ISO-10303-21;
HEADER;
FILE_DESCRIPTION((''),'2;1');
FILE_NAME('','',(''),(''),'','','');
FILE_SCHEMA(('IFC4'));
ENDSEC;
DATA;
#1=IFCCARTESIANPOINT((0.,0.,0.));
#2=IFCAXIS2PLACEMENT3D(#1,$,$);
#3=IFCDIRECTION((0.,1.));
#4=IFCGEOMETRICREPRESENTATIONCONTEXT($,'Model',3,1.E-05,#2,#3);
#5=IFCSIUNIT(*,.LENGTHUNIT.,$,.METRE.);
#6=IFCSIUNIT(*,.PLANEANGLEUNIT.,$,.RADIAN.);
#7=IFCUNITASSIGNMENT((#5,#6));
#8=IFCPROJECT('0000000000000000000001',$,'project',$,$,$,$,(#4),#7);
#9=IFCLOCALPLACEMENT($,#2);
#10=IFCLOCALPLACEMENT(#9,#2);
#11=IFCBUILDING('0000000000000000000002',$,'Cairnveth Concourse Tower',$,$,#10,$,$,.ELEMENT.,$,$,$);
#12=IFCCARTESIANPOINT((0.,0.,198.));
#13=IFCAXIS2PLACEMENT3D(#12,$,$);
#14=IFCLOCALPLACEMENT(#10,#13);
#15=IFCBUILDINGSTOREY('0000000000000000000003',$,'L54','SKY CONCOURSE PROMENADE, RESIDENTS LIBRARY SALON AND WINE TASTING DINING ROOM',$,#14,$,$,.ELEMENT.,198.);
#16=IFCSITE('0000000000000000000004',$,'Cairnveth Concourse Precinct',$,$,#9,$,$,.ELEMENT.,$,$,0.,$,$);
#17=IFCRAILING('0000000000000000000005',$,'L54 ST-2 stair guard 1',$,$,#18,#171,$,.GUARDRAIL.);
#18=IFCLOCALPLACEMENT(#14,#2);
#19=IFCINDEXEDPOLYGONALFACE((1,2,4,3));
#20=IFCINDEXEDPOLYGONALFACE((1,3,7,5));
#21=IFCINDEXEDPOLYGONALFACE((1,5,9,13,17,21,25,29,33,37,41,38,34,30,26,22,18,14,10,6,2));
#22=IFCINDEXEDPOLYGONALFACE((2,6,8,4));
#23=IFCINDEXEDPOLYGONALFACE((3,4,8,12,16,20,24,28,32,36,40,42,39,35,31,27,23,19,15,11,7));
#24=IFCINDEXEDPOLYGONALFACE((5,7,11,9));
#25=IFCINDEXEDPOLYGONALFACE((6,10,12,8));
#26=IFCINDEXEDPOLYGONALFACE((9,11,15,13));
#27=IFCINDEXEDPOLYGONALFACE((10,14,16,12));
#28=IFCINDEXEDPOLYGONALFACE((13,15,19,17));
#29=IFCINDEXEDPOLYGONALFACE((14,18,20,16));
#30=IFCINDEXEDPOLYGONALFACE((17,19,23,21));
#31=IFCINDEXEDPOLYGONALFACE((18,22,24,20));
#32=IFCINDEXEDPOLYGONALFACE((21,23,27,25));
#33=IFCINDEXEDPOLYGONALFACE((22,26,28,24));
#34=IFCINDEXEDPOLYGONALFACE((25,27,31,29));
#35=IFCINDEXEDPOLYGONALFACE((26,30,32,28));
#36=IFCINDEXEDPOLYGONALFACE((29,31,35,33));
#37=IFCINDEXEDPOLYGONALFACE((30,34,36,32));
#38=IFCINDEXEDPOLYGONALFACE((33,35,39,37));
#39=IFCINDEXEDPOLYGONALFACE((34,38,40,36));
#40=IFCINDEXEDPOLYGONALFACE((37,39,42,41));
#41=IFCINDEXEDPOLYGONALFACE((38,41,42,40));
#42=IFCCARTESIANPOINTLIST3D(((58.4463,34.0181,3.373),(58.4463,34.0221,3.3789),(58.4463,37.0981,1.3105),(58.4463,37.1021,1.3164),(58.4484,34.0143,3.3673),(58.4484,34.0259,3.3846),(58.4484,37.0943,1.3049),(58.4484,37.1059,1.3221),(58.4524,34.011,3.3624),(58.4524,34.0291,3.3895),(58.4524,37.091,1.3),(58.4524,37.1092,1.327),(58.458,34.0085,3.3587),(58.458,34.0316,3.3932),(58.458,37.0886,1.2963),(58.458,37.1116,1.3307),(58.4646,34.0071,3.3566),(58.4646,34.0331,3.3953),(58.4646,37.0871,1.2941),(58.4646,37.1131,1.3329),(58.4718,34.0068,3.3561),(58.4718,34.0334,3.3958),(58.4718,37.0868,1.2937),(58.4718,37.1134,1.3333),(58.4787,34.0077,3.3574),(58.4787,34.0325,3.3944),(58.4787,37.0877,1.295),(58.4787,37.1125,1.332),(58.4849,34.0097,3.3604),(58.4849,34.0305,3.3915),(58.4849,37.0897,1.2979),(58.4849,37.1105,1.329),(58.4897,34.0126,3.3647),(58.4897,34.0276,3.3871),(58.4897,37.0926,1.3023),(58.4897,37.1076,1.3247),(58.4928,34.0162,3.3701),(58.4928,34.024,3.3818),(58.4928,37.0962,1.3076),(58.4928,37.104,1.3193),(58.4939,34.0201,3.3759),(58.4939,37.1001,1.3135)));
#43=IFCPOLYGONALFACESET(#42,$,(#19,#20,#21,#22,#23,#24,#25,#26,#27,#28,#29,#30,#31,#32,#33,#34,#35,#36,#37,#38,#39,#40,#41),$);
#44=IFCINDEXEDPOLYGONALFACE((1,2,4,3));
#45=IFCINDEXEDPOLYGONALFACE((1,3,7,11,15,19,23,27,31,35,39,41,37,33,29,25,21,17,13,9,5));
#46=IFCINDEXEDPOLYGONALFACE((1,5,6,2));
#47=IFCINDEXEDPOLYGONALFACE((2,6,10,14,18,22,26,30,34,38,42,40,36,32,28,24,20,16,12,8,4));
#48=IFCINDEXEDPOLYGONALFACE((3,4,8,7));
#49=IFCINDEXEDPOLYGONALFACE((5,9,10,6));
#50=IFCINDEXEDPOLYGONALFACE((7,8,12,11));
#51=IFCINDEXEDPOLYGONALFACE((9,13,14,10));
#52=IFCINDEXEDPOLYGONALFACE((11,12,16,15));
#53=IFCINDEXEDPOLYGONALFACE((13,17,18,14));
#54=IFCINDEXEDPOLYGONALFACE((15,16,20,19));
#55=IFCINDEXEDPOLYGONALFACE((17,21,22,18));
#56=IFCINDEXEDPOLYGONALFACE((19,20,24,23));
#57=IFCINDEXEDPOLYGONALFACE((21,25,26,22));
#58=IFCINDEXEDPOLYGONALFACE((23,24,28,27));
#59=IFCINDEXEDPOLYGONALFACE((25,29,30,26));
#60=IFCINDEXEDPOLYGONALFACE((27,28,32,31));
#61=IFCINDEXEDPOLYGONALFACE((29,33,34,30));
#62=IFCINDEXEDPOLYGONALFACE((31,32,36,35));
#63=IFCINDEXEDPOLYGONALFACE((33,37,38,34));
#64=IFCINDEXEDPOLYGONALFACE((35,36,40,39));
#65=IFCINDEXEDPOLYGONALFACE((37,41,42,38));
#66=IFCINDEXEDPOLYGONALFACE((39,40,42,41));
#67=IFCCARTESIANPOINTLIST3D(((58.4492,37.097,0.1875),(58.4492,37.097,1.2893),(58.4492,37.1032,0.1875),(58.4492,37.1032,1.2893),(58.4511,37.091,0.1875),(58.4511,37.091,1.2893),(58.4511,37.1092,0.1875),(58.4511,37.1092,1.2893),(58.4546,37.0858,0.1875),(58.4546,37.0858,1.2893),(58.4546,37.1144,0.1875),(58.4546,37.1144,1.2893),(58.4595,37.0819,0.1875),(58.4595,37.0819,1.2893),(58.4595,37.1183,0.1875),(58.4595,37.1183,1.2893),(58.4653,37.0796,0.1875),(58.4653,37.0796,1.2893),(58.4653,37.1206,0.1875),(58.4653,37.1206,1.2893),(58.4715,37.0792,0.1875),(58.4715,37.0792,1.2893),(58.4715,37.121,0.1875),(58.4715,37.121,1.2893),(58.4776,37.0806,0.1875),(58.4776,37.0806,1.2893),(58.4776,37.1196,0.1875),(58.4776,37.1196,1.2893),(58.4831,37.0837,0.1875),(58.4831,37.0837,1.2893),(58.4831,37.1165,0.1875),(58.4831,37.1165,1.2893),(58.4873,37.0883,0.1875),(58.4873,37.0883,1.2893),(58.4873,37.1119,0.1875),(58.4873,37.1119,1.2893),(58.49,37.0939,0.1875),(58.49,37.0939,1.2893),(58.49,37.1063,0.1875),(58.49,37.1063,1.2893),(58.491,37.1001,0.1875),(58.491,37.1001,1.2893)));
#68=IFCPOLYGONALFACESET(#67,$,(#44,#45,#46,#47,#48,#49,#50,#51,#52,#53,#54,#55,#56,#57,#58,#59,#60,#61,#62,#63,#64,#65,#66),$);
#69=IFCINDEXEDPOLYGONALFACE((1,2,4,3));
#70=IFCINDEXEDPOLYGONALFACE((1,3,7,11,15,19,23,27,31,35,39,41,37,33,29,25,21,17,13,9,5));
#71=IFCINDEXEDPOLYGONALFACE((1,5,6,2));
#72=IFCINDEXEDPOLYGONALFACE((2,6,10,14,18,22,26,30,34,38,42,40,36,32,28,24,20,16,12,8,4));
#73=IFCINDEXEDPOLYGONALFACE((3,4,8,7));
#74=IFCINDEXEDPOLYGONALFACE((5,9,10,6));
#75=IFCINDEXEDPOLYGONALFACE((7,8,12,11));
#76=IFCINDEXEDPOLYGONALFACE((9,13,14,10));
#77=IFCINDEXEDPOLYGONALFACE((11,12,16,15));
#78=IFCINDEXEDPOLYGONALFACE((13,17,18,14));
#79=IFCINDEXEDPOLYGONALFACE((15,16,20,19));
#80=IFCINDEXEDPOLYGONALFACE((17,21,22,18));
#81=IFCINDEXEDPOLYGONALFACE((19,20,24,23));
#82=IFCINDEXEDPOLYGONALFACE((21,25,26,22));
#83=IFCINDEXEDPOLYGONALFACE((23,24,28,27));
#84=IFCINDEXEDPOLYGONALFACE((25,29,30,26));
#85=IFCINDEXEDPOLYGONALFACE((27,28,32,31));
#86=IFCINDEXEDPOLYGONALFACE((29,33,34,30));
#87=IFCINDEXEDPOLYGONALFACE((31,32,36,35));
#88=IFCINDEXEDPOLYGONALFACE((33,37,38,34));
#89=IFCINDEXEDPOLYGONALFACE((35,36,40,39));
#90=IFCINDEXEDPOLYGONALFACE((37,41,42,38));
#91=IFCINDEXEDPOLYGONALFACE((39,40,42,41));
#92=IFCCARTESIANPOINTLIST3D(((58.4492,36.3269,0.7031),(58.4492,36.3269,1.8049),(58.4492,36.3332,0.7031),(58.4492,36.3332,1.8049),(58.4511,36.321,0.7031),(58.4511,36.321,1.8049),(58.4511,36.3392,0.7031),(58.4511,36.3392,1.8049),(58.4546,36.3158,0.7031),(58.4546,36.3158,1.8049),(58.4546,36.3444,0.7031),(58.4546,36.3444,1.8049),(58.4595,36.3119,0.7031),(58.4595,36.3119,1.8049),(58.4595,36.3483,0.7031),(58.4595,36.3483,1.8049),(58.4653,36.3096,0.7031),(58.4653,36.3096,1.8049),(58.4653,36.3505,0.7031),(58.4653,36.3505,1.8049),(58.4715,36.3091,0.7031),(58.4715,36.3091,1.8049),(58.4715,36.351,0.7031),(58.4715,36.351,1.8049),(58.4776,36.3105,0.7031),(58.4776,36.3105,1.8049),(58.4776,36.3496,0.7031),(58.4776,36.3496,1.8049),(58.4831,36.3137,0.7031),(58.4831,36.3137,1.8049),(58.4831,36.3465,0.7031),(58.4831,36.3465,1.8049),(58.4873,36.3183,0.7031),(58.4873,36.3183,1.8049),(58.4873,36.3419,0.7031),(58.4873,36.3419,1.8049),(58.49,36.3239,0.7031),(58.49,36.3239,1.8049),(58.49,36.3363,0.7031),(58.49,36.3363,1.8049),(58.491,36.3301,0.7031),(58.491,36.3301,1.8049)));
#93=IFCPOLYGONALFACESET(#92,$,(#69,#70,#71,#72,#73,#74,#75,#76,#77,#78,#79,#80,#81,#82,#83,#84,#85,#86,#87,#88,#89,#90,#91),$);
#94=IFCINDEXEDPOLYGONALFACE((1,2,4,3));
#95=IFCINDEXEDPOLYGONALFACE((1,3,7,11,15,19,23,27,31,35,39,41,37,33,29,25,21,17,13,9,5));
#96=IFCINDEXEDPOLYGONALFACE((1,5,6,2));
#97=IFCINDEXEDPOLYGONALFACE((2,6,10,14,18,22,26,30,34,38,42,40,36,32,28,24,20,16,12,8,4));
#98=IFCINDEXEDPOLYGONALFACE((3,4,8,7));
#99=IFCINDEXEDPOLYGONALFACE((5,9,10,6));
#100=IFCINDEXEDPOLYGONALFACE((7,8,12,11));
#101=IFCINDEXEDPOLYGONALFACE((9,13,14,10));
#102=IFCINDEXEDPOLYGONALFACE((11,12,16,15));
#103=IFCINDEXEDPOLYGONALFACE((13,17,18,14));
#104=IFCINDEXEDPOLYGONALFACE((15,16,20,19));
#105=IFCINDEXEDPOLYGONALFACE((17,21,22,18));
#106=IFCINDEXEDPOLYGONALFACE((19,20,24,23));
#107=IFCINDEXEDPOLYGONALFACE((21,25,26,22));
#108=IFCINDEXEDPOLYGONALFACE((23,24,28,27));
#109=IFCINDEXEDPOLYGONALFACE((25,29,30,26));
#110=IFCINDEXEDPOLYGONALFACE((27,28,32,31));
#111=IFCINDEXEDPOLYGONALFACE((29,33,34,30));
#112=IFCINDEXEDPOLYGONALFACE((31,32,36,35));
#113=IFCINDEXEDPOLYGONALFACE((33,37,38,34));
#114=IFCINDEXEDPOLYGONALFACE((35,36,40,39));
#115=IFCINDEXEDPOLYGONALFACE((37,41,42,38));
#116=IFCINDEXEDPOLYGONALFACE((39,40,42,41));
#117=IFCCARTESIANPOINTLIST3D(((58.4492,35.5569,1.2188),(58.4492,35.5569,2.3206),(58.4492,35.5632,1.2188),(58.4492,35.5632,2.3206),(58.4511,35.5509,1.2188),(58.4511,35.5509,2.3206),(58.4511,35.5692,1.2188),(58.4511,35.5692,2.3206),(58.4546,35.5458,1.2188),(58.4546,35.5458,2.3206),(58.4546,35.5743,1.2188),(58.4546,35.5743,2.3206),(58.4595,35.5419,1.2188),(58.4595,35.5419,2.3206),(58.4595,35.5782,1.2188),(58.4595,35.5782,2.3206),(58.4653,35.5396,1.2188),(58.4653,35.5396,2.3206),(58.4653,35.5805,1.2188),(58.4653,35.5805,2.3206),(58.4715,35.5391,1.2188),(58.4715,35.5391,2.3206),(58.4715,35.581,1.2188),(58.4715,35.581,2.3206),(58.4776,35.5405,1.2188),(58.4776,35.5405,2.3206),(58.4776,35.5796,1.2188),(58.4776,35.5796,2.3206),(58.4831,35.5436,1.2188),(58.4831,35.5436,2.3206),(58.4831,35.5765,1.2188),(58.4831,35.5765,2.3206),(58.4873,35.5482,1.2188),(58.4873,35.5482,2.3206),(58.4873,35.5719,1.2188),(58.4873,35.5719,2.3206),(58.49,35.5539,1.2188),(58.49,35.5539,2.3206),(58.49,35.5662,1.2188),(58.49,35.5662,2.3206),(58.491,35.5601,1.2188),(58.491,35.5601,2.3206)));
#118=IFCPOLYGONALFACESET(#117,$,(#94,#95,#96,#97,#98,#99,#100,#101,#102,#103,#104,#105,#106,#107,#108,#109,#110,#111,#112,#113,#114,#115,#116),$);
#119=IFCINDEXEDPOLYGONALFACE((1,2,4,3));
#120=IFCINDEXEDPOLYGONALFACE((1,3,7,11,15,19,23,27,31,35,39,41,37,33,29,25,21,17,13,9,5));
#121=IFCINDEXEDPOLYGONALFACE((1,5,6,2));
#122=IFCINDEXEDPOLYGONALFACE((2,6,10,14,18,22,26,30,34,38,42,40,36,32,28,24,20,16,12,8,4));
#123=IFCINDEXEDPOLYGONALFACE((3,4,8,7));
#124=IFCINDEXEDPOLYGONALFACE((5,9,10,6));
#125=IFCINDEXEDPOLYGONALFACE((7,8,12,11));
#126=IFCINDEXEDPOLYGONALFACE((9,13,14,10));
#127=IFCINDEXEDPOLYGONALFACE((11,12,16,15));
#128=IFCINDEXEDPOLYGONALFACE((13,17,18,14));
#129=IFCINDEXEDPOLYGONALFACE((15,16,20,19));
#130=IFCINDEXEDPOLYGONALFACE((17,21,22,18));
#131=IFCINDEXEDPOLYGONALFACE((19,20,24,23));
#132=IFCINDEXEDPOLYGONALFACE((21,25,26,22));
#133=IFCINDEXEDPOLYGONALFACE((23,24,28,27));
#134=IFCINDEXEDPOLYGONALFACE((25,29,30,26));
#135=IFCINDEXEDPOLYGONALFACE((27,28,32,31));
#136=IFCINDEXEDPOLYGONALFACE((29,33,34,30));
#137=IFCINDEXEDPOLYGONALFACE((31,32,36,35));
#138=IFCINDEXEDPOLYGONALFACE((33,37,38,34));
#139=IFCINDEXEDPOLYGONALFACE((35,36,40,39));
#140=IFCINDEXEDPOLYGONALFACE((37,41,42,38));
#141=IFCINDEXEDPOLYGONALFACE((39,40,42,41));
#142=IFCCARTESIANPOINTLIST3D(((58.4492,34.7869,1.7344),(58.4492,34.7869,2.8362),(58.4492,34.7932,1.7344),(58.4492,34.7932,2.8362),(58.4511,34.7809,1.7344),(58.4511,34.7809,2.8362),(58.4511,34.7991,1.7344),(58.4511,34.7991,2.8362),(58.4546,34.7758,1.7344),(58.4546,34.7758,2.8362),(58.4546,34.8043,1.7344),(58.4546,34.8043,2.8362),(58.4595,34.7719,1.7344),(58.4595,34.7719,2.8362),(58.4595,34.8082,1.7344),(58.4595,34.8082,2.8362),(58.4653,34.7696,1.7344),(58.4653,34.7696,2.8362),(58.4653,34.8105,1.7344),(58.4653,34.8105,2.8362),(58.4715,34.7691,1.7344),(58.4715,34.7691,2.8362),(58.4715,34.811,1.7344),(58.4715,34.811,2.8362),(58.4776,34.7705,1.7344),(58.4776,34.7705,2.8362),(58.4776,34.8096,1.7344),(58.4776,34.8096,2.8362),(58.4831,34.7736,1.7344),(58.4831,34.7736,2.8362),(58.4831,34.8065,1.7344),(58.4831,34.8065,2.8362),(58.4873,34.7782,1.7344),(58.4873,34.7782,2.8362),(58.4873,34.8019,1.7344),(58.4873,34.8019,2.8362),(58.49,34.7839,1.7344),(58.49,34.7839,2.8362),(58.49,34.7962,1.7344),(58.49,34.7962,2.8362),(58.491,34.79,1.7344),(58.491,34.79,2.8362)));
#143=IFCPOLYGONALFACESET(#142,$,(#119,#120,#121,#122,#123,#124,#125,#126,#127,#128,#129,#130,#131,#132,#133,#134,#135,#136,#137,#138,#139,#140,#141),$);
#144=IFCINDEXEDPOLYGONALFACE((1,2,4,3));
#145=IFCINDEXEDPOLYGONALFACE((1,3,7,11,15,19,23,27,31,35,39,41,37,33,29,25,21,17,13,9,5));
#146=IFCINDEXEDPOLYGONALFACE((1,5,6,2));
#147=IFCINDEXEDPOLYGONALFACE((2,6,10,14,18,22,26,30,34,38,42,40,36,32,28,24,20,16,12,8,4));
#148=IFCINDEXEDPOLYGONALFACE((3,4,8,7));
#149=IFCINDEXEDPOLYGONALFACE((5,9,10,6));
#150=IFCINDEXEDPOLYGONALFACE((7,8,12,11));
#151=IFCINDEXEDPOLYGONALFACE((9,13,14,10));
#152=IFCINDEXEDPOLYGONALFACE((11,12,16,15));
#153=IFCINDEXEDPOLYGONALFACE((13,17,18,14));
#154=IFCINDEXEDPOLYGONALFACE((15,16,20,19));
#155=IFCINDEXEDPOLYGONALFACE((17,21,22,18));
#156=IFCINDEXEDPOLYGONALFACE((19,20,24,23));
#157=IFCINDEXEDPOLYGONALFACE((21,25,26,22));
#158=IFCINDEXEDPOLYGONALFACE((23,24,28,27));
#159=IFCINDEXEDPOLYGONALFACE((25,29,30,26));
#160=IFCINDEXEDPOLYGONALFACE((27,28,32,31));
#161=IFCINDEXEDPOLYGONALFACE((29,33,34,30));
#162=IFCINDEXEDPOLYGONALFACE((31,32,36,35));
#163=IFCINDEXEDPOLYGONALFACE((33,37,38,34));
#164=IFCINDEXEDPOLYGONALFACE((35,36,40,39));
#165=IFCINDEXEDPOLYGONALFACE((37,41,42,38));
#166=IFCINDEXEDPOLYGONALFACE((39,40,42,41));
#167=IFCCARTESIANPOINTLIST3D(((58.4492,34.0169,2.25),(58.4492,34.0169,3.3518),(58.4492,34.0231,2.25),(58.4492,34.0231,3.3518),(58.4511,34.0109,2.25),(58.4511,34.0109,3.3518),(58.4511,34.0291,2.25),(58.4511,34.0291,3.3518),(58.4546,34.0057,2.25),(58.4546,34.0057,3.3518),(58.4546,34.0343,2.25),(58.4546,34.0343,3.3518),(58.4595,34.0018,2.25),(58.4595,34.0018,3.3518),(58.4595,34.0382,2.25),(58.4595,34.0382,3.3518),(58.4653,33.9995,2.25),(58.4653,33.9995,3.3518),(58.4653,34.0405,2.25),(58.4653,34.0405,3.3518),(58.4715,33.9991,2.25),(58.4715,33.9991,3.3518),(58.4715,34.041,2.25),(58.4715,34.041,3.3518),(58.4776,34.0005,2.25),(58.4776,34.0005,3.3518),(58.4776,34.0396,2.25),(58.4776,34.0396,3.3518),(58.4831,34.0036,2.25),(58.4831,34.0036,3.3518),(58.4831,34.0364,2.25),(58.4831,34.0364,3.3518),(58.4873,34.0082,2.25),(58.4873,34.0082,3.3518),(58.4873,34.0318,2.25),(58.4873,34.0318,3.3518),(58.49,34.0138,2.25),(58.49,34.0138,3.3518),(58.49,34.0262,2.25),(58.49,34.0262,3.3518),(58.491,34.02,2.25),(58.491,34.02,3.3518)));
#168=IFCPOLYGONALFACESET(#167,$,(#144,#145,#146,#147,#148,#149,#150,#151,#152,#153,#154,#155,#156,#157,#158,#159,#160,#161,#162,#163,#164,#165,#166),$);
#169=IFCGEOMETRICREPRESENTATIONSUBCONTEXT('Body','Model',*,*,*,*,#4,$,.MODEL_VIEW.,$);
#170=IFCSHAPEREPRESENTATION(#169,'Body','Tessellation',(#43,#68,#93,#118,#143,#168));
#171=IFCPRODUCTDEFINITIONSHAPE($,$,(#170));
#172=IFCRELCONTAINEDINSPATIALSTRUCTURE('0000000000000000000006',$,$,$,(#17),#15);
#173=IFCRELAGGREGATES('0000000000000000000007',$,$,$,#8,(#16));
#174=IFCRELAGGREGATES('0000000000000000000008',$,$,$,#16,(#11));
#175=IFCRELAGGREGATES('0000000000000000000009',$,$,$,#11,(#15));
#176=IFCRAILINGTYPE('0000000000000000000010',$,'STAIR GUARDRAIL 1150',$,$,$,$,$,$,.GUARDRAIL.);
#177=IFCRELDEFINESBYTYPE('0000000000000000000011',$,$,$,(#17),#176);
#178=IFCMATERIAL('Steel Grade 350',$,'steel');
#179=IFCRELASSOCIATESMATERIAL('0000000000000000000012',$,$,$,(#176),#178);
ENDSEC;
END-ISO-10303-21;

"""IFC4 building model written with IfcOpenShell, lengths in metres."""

from ifc_helpers import new_model, si_unit, direction, frame, origin, origin_2d, place, context, subcontext, project, spatial, circle, extrude, material, type_object, element, save


model = new_model("IFC4")

# Units and contexts
model_context = context("Model", 3, precision=1e-05, world=origin(), true_north=direction((0.0, 1.0)))
body_context = subcontext(model_context, "Body", "Model", "MODEL_VIEW")
ifc_project = project(units=[si_unit("LENGTHUNIT", "METRE"), si_unit("PLANEANGLEUNIT", "RADIAN")], contexts=[model_context])

# Site, building, storey
site_placement = place(None, origin())
site = spatial("IfcSite", under=ifc_project, at=site_placement, Name="Cairnveth Concourse Precinct", CompositionType="ELEMENT", RefElevation=0.0)
building_placement = place(site_placement, origin())
building = spatial("IfcBuilding", under=site, at=building_placement, Name="Cairnveth Concourse Tower", CompositionType="ELEMENT")
storey_placement = place(building_placement, frame((0.0, 0.0, 198.0)))
storey = spatial("IfcBuildingStorey", under=building, at=storey_placement, Name="L54", Description="SKY CONCOURSE PROMENADE, RESIDENTS LIBRARY SALON AND WINE TASTING DINING ROOM", CompositionType="ELEMENT", Elevation=198.0)

# Shared definitions
ifc_material_1 = material(Name="Steel Grade 350", Category="steel")

# Railing
railing_type_1 = type_object("IfcRailingType", Name="STAIR GUARDRAIL 1150", PredefinedType="GUARDRAIL", material=ifc_material_1)
railing_1_placement = place(storey_placement, frame((58.47, 37.1001, 0.1875)))
element("IfcRailing", 1, at=railing_1_placement, inside=storey, type_object=railing_type_1, Name="L54 ST-2 stair guard 1", PredefinedType="GUARDRAIL", context=body_context, shape_type="SweptSolid", body=[
    extrude(circle(Radius=0.0239, at=origin_2d()), frame((0.0, 0.0, 1.126), z_axis=(0.0, -0.830914, 0.556401), x_axis=(1.0, 0.0, 0.0)), (0.0, 0.0, 1.0), 3.7068),
    extrude(circle(Radius=0.021, at=origin_2d()), origin(), (0.0, 0.0, 1.0), 1.1018),
    extrude(circle(Radius=0.021, at=origin_2d()), frame((0.0, -0.77, 0.5156)), (0.0, 0.0, 1.0), 1.1018),
    extrude(circle(Radius=0.021, at=origin_2d()), frame((0.0, -1.54, 1.0312)), (0.0, 0.0, 1.0), 1.1018),
    extrude(circle(Radius=0.021, at=origin_2d()), frame((0.0, -2.3101, 1.5469)), (0.0, 0.0, 1.0), 1.1018),
    extrude(circle(Radius=0.021, at=origin_2d()), frame((0.0, -3.0801, 2.0625)), (0.0, 0.0, 1.0), 1.1018),
])

save(model, "model.ifc")
